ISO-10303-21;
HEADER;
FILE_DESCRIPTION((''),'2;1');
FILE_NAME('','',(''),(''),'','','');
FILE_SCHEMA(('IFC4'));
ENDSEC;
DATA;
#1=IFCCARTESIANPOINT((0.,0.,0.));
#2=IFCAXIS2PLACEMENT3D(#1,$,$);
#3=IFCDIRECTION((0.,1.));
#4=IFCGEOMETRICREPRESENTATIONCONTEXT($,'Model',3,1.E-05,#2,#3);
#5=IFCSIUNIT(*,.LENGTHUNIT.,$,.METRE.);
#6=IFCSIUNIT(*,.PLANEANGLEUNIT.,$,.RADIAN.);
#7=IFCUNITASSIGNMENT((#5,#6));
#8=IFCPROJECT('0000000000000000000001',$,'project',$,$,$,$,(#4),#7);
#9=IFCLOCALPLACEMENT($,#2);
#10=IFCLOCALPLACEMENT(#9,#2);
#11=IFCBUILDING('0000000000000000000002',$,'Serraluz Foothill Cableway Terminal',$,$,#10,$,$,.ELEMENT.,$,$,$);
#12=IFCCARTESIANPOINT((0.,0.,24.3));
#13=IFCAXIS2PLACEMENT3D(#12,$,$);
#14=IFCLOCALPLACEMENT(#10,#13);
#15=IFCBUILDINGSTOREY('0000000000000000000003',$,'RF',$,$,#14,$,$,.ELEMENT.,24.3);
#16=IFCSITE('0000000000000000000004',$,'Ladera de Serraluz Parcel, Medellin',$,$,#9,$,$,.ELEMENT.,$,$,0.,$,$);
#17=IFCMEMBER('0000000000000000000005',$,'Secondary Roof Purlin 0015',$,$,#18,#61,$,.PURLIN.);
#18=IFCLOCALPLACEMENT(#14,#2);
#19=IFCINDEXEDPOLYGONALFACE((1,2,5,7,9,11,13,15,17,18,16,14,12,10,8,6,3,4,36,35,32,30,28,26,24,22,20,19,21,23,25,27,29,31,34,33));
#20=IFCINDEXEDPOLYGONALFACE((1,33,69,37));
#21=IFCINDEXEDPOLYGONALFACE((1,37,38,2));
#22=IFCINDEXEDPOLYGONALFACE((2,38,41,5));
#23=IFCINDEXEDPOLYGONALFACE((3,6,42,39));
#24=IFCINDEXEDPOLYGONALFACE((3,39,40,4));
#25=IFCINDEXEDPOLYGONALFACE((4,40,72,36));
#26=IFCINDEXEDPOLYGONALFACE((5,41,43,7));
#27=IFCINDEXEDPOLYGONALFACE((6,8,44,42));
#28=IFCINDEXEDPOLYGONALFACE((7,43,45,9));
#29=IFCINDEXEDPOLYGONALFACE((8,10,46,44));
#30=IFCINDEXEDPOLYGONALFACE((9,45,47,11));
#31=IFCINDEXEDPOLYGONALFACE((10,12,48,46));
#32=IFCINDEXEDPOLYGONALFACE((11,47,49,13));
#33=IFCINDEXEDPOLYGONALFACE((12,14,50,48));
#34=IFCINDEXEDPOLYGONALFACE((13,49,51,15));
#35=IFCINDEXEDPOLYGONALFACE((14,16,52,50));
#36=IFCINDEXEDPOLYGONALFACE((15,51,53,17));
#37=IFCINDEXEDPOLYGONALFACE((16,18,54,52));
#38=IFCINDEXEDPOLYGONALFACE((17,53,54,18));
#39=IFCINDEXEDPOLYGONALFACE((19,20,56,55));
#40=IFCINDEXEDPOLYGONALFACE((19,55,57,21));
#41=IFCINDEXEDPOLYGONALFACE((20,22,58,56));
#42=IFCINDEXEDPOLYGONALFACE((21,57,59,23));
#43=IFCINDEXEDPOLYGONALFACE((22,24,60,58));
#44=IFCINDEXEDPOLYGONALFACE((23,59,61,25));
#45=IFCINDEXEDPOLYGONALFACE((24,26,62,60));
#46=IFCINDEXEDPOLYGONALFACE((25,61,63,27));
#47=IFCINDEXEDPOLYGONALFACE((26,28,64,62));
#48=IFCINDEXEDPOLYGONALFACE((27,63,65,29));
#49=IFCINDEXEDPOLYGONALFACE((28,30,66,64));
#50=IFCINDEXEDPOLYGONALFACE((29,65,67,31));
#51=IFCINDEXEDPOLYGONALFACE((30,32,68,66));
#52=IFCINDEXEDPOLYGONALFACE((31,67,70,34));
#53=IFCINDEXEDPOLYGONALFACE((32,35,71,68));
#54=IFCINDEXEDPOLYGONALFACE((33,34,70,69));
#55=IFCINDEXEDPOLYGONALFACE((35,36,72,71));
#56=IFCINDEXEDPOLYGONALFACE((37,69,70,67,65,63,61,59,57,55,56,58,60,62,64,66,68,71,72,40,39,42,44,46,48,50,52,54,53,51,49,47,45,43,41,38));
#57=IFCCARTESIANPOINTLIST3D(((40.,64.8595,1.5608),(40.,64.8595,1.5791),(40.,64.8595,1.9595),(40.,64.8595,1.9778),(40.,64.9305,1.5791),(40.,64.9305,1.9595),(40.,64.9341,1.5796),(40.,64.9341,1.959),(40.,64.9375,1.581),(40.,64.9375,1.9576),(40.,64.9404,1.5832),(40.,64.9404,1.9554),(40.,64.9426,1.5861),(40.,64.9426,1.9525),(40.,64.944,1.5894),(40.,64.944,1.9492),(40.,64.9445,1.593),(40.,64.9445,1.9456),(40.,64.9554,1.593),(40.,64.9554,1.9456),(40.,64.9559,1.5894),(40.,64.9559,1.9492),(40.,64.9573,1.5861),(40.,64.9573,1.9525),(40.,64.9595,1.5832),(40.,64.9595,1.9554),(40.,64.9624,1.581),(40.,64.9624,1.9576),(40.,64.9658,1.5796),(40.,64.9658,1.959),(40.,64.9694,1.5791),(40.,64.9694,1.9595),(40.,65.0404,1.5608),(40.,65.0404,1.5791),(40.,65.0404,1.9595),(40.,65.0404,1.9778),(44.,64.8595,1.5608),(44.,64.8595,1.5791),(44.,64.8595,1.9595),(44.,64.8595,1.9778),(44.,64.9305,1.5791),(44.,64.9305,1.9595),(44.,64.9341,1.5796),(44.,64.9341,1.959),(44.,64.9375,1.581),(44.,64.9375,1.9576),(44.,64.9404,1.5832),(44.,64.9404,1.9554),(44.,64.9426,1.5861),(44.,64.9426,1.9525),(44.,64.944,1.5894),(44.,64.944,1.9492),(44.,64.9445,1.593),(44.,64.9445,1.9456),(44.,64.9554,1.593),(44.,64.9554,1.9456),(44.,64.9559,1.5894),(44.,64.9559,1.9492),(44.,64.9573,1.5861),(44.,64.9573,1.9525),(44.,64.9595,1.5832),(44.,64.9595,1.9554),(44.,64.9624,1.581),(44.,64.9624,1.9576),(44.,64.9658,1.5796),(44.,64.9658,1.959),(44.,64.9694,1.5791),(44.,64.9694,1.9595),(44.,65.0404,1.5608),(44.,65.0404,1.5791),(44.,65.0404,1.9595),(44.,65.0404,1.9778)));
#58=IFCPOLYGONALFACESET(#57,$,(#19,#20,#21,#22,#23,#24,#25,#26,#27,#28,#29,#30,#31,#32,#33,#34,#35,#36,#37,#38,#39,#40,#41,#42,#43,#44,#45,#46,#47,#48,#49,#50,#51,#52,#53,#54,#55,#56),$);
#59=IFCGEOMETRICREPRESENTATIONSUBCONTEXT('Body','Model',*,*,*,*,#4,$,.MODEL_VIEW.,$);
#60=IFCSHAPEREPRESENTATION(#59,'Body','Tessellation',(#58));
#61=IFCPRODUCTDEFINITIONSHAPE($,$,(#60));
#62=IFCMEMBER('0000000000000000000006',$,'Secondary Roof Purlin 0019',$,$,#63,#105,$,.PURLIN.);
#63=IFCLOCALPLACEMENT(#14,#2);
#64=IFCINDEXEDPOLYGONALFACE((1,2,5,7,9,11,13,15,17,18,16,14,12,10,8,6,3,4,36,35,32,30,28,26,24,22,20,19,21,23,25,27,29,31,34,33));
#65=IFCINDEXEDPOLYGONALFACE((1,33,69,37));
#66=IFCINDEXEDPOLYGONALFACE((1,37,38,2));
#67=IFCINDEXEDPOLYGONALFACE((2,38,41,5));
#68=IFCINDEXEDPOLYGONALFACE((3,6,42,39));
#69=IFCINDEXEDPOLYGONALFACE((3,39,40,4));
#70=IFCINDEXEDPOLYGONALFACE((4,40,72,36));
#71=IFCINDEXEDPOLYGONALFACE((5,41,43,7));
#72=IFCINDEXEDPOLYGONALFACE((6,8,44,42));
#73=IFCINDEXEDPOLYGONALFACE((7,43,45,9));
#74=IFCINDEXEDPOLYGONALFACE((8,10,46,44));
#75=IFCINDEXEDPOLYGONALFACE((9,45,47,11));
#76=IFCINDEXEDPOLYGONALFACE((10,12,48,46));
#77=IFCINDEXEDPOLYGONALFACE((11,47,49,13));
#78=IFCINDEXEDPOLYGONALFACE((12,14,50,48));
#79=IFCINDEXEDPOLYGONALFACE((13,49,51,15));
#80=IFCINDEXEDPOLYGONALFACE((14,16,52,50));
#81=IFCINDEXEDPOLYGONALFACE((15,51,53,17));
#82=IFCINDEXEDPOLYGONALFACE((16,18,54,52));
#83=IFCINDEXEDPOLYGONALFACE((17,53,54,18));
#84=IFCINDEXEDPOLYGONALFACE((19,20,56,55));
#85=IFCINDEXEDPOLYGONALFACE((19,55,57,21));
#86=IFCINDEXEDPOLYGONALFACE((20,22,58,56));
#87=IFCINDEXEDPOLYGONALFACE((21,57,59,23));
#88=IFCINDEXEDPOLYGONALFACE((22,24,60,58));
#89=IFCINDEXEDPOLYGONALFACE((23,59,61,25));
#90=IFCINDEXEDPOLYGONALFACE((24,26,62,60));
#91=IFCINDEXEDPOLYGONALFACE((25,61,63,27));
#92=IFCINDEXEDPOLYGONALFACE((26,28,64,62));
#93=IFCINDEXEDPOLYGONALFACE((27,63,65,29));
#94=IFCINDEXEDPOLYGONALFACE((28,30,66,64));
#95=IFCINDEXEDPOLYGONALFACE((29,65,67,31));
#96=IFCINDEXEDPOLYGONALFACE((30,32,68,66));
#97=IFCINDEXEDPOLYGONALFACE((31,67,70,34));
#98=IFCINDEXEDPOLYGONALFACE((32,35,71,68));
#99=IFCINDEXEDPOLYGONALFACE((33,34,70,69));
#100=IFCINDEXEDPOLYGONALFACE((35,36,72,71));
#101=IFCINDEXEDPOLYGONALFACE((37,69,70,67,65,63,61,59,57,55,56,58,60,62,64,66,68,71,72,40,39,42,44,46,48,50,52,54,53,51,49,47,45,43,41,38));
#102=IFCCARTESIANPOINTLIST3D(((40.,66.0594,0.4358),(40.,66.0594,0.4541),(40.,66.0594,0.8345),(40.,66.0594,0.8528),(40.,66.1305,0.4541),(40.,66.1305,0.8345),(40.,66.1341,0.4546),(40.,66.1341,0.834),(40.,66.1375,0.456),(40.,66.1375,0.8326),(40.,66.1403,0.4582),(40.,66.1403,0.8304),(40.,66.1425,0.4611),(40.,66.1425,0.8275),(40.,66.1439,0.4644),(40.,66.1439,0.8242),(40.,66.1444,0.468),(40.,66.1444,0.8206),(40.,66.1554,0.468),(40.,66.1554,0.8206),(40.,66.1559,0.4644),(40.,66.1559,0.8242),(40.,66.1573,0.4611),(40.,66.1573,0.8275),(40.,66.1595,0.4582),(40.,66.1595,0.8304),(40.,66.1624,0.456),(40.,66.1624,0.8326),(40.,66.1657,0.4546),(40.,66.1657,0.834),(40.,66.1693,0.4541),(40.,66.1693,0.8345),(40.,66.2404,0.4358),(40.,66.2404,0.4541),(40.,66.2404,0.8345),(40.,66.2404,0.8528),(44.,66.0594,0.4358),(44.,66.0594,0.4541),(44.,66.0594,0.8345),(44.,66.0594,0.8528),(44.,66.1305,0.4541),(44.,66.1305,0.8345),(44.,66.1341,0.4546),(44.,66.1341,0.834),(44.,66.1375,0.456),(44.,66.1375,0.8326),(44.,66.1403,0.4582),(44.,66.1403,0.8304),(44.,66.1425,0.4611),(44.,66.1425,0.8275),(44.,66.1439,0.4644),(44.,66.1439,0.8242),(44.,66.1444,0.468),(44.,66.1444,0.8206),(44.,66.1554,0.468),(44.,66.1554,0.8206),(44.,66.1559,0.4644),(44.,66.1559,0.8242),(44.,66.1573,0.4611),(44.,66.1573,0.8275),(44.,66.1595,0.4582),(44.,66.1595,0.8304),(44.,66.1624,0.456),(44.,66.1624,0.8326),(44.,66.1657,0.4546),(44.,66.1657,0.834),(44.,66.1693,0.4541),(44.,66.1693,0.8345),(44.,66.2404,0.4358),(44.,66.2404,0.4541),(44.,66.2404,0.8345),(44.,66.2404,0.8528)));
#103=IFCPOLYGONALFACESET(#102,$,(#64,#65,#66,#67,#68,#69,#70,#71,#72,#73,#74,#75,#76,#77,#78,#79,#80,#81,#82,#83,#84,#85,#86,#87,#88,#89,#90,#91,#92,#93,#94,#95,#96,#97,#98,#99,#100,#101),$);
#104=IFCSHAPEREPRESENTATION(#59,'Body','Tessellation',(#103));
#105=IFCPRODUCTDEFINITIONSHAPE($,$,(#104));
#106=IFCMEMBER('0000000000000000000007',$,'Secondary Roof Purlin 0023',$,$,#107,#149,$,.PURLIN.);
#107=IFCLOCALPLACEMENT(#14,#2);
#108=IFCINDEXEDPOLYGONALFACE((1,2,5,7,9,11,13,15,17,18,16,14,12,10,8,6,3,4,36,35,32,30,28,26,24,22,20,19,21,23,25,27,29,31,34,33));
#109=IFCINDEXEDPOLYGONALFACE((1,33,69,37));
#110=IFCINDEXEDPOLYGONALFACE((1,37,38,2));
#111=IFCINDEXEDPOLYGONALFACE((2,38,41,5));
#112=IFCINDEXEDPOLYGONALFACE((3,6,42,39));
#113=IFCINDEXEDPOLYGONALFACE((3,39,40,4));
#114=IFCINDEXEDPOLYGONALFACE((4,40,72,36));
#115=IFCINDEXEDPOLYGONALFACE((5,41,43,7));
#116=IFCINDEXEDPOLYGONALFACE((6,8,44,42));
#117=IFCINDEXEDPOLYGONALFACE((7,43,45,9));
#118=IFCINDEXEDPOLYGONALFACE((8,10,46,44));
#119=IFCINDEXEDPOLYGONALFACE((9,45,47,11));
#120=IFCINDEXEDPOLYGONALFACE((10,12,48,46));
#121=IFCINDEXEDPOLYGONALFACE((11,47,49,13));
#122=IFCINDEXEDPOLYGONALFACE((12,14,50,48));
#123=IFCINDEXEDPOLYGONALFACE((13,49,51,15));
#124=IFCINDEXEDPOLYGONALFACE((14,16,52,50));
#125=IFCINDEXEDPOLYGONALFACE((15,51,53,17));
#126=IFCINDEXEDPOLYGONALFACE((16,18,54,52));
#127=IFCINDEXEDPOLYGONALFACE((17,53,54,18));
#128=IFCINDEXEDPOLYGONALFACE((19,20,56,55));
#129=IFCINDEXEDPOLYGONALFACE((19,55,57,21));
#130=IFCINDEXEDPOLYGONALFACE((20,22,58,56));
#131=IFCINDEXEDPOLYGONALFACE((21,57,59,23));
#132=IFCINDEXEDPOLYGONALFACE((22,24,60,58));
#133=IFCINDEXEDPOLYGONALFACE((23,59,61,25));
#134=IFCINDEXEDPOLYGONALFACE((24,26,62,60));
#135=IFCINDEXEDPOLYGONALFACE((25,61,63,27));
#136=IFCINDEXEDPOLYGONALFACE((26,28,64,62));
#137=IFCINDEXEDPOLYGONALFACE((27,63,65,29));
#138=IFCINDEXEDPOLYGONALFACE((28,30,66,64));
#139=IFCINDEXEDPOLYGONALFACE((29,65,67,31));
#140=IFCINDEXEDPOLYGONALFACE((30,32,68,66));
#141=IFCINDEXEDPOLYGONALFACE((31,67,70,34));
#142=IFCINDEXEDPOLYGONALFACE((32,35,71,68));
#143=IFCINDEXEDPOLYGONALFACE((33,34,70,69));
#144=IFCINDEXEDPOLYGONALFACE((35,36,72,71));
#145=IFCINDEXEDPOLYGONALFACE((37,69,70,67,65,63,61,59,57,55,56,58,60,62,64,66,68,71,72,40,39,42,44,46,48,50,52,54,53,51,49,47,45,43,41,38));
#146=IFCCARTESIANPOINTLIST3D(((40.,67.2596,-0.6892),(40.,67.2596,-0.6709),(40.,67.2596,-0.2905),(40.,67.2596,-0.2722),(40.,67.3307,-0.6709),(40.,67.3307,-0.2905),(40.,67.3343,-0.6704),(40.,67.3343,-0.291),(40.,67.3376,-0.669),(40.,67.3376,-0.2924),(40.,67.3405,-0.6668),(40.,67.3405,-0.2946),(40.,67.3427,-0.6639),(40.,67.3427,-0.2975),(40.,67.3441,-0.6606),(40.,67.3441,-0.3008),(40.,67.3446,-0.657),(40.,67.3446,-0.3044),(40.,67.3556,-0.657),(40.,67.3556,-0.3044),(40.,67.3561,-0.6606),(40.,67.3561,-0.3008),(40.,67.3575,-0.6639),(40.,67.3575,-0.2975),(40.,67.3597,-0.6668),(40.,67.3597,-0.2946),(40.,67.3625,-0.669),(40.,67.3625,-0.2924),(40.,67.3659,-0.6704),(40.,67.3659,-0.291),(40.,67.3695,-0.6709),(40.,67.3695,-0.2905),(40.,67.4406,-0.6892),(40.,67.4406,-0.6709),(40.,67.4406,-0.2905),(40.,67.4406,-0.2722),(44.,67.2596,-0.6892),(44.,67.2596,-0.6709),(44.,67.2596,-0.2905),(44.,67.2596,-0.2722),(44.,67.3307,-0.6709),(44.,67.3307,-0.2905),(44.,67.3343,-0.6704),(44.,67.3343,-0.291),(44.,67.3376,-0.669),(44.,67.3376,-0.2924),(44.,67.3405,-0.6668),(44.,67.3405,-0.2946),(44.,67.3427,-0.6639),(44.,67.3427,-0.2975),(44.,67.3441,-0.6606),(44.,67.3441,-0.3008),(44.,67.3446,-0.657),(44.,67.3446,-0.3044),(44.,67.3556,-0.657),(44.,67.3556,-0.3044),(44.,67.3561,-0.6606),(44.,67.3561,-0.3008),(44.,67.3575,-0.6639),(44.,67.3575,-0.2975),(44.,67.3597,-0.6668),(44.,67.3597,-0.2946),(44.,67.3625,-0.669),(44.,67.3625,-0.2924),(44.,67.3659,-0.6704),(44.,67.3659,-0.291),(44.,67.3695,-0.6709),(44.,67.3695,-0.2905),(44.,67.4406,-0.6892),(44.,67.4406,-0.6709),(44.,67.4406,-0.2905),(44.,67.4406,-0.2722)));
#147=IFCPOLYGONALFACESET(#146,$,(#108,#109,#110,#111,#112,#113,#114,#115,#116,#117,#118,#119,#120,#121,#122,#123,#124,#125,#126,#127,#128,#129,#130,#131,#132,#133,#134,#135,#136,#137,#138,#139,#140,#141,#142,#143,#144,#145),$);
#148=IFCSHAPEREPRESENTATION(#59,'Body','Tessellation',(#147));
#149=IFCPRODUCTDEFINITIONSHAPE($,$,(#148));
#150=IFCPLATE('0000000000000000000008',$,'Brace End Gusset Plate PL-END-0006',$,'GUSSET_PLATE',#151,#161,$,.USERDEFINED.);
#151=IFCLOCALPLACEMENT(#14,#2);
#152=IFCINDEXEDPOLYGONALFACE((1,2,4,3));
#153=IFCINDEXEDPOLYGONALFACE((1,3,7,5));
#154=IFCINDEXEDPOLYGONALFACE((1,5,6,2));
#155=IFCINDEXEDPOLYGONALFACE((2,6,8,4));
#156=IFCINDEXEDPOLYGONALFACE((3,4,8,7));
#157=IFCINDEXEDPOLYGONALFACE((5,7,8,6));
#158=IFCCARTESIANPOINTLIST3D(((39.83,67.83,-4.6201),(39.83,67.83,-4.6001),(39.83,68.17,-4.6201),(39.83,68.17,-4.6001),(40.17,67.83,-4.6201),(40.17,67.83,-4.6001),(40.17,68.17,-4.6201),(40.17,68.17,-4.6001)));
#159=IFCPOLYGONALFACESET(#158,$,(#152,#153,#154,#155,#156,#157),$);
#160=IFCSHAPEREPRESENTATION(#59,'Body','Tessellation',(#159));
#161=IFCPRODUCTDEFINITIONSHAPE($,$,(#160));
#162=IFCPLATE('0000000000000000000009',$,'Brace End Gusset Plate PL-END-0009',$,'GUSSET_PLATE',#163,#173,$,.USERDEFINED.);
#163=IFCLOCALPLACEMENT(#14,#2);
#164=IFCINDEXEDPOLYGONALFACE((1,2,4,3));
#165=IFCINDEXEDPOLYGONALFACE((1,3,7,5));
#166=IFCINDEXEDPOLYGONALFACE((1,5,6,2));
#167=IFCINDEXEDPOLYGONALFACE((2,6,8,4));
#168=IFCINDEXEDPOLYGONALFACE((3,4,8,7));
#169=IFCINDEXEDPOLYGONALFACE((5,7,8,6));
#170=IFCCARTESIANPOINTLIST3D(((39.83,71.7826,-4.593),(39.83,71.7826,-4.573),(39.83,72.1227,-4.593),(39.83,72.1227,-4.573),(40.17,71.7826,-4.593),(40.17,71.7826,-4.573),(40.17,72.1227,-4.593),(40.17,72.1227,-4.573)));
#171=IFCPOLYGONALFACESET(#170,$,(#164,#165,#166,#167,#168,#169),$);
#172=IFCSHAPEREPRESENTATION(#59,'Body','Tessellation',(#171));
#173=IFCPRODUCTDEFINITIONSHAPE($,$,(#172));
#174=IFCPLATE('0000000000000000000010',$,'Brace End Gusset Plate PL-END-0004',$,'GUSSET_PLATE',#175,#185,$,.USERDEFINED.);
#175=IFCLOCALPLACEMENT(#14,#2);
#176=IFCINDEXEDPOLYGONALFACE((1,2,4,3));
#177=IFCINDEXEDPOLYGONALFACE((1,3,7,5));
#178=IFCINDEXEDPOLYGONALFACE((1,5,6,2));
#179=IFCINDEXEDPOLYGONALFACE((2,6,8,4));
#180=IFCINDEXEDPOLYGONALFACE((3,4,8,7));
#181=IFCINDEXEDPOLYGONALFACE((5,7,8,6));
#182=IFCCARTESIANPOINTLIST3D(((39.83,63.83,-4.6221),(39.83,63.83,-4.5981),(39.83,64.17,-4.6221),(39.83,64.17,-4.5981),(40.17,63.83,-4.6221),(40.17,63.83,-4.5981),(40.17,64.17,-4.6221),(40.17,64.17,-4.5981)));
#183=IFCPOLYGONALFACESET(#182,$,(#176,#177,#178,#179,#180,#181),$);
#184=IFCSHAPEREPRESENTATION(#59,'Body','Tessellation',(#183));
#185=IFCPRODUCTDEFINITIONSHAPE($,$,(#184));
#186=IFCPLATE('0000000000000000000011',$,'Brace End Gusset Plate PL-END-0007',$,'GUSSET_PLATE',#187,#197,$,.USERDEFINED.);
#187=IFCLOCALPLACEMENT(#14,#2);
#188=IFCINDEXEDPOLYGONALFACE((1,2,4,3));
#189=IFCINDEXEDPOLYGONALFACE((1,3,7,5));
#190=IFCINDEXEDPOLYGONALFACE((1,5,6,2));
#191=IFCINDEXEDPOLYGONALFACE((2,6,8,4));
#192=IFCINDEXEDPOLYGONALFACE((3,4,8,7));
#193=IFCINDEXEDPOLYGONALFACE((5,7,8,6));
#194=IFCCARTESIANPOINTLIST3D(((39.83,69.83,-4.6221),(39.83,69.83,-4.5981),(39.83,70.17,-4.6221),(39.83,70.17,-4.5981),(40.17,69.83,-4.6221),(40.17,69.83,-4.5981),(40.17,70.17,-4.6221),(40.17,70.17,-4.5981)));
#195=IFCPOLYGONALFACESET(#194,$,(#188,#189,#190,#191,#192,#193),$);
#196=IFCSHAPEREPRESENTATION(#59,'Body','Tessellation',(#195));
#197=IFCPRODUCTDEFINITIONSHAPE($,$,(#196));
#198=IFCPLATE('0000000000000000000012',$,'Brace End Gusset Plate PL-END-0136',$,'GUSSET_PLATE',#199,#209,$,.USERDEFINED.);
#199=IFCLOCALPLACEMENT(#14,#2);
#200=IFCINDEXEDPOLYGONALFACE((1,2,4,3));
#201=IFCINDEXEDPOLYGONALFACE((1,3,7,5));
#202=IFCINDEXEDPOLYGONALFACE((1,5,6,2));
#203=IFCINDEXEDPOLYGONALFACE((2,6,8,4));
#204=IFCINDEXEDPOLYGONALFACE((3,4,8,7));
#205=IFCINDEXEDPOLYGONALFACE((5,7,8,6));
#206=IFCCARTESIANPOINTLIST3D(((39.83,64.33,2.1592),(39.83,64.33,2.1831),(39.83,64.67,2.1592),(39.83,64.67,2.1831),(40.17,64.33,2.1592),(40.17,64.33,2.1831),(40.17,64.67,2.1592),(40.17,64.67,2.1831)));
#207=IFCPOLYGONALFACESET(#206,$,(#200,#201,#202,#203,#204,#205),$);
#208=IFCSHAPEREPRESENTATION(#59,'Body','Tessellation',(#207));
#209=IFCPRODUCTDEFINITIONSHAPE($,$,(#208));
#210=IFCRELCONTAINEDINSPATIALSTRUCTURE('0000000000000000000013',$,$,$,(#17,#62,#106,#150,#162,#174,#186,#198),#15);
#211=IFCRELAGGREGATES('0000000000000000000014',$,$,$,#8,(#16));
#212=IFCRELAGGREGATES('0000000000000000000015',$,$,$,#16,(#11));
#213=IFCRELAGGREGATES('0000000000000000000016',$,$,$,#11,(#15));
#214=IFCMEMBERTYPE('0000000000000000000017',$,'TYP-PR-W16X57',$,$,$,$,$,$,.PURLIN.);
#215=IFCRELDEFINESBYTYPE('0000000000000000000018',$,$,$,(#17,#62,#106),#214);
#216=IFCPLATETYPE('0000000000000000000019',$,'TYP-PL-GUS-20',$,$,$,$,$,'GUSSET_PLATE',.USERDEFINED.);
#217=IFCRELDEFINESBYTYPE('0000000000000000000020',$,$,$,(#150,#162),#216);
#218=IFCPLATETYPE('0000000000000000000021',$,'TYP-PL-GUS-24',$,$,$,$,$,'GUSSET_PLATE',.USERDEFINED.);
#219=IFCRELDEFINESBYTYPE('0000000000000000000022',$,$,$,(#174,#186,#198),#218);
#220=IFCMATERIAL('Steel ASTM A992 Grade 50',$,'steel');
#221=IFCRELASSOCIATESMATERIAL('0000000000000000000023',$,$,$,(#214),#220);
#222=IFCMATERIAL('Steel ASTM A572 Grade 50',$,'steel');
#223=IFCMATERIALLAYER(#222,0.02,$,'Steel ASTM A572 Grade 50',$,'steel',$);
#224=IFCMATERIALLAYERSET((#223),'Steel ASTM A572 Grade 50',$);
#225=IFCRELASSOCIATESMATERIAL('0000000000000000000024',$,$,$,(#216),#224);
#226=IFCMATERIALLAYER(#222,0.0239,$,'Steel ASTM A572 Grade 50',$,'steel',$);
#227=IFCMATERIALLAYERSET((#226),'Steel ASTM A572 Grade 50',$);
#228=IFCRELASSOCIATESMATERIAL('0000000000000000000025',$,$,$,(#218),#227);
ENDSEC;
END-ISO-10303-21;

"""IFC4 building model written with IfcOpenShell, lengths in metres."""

from ifc_helpers import new_model, si_unit, direction, frame, origin, origin_2d, place, context, subcontext, project, spatial, rectangle, i_section, extrude, material, layer, layer_set, material_profile, profile_set, type_object, element, save


model = new_model("IFC4")

# Units and contexts
model_context = context("Model", 3, precision=1e-05, world=origin(), true_north=direction((0.0, 1.0)))
body_context = subcontext(model_context, "Body", "Model", "MODEL_VIEW")
ifc_project = project(units=[si_unit("LENGTHUNIT", "METRE"), si_unit("PLANEANGLEUNIT", "RADIAN")], contexts=[model_context])

# Site, building, storey
site_placement = place(None, origin())
site = spatial("IfcSite", under=ifc_project, at=site_placement, Name="Ladera de Serraluz Parcel, Medellin", CompositionType="ELEMENT", RefElevation=0.0)
building_placement = place(site_placement, origin())
building = spatial("IfcBuilding", under=site, at=building_placement, Name="Serraluz Foothill Cableway Terminal", CompositionType="ELEMENT")
storey_placement = place(building_placement, frame((0.0, 0.0, 24.3)))
storey = spatial("IfcBuildingStorey", under=building, at=storey_placement, Name="RF", CompositionType="ELEMENT", Elevation=24.3)

# Members
ifc_material_1 = material(Name="Steel ASTM A572 Grade 50", Category="steel")
ifc_material_2 = material(Name="Steel ASTM A992 Grade 50", Category="steel")
ifc_material_profile_1 = material_profile(ifc_material_2, i_section(OverallWidth=0.1809, OverallDepth=0.417, WebThickness=0.011, FlangeThickness=0.0183, FilletRadius=0.0139, at=origin_2d()), Name="W16X57")
ifc_profile_set_1 = profile_set([ifc_material_profile_1], Name="Steel ASTM A992 Grade 50")
member_type_1 = type_object("IfcMemberType", Name="TYP-PR-W16X57", PredefinedType="PURLIN", material=ifc_profile_set_1)
for number, where, z_axis, x_axis, name in (
    (1, (40.0, 64.95, 1.7693), (1.0, 0.0, 0.0), (0.0, 1.0, 0.0), "Secondary Roof Purlin 0015"),
    (2, (40.0, 66.1499, 0.6443), (1.0, 0.0, 0.0), (0.0, 1.0, 0.0), "Secondary Roof Purlin 0019"),
    (3, (40.0, 67.3501, -0.4807), (1.0, 0.0, 0.0), (0.0, 1.0, 0.0), "Secondary Roof Purlin 0023"),
):
    element("IfcMember", number, at=place(storey_placement, frame(where, z_axis=z_axis, x_axis=x_axis)), inside=storey, type_object=member_type_1, Name=name, PredefinedType="PURLIN", context=body_context, shape_type="SweptSolid", body=[
        extrude(i_section(OverallWidth=0.1809, OverallDepth=0.417, WebThickness=0.011, FlangeThickness=0.0183, FilletRadius=0.0139, at=origin_2d()), origin(), (0.0, 0.0, 1.0), 4.0),
    ])

# Plates
ifc_layer_1 = layer(ifc_material_1, 0.02, Name="Steel ASTM A572 Grade 50", Category="steel")
ifc_layer_set_1 = layer_set([ifc_layer_1], Name="Steel ASTM A572 Grade 50")
plate_type_1 = type_object("IfcPlateType", Name="TYP-PL-GUS-20", ElementType="GUSSET_PLATE", PredefinedType="USERDEFINED", material=ifc_layer_set_1)
for number, where, z_axis, x_axis, name in (
    (4, (40.0, 68.0, -4.6201), (0.0, 0.0, 1.0), (1.0, 0.0, 0.0), "Brace End Gusset Plate PL-END-0006"),
    (5, (40.0, 71.9526, -4.593), (0.0, 0.0, 1.0), (1.0, 0.0, 0.0), "Brace End Gusset Plate PL-END-0009"),
):
    element("IfcPlate", number, at=place(storey_placement, frame(where, z_axis=z_axis, x_axis=x_axis)), inside=storey, type_object=plate_type_1, Name=name, ObjectType="GUSSET_PLATE", PredefinedType="USERDEFINED", context=body_context, shape_type="SweptSolid", body=[
        extrude(rectangle(XDim=0.3401, YDim=0.3401, at=origin_2d()), origin(), (0.0, 0.0, 1.0), 0.02),
    ])
ifc_layer_2 = layer(ifc_material_1, 0.0239, Name="Steel ASTM A572 Grade 50", Category="steel")
ifc_layer_set_2 = layer_set([ifc_layer_2], Name="Steel ASTM A572 Grade 50")
plate_type_2 = type_object("IfcPlateType", Name="TYP-PL-GUS-24", ElementType="GUSSET_PLATE", PredefinedType="USERDEFINED", material=ifc_layer_set_2)
for number, where, z_axis, x_axis, name in (
    (6, (40.0, 64.0, -4.6221), (0.0, 0.0, 1.0), (1.0, 0.0, 0.0), "Brace End Gusset Plate PL-END-0004"),
    (7, (40.0, 70.0, -4.6221), (0.0, 0.0, 1.0), (1.0, 0.0, 0.0), "Brace End Gusset Plate PL-END-0007"),
    (8, (40.0, 64.5, 2.1592), (0.0, 0.0, 1.0), (1.0, 0.0, 0.0), "Brace End Gusset Plate PL-END-0136"),
):
    element("IfcPlate", number, at=place(storey_placement, frame(where, z_axis=z_axis, x_axis=x_axis)), inside=storey, type_object=plate_type_2, Name=name, ObjectType="GUSSET_PLATE", PredefinedType="USERDEFINED", context=body_context, shape_type="SweptSolid", body=[
        extrude(rectangle(XDim=0.3401, YDim=0.3401, at=origin_2d()), origin(), (0.0, 0.0, 1.0), 0.0239),
    ])

save(model, "model.ifc")
